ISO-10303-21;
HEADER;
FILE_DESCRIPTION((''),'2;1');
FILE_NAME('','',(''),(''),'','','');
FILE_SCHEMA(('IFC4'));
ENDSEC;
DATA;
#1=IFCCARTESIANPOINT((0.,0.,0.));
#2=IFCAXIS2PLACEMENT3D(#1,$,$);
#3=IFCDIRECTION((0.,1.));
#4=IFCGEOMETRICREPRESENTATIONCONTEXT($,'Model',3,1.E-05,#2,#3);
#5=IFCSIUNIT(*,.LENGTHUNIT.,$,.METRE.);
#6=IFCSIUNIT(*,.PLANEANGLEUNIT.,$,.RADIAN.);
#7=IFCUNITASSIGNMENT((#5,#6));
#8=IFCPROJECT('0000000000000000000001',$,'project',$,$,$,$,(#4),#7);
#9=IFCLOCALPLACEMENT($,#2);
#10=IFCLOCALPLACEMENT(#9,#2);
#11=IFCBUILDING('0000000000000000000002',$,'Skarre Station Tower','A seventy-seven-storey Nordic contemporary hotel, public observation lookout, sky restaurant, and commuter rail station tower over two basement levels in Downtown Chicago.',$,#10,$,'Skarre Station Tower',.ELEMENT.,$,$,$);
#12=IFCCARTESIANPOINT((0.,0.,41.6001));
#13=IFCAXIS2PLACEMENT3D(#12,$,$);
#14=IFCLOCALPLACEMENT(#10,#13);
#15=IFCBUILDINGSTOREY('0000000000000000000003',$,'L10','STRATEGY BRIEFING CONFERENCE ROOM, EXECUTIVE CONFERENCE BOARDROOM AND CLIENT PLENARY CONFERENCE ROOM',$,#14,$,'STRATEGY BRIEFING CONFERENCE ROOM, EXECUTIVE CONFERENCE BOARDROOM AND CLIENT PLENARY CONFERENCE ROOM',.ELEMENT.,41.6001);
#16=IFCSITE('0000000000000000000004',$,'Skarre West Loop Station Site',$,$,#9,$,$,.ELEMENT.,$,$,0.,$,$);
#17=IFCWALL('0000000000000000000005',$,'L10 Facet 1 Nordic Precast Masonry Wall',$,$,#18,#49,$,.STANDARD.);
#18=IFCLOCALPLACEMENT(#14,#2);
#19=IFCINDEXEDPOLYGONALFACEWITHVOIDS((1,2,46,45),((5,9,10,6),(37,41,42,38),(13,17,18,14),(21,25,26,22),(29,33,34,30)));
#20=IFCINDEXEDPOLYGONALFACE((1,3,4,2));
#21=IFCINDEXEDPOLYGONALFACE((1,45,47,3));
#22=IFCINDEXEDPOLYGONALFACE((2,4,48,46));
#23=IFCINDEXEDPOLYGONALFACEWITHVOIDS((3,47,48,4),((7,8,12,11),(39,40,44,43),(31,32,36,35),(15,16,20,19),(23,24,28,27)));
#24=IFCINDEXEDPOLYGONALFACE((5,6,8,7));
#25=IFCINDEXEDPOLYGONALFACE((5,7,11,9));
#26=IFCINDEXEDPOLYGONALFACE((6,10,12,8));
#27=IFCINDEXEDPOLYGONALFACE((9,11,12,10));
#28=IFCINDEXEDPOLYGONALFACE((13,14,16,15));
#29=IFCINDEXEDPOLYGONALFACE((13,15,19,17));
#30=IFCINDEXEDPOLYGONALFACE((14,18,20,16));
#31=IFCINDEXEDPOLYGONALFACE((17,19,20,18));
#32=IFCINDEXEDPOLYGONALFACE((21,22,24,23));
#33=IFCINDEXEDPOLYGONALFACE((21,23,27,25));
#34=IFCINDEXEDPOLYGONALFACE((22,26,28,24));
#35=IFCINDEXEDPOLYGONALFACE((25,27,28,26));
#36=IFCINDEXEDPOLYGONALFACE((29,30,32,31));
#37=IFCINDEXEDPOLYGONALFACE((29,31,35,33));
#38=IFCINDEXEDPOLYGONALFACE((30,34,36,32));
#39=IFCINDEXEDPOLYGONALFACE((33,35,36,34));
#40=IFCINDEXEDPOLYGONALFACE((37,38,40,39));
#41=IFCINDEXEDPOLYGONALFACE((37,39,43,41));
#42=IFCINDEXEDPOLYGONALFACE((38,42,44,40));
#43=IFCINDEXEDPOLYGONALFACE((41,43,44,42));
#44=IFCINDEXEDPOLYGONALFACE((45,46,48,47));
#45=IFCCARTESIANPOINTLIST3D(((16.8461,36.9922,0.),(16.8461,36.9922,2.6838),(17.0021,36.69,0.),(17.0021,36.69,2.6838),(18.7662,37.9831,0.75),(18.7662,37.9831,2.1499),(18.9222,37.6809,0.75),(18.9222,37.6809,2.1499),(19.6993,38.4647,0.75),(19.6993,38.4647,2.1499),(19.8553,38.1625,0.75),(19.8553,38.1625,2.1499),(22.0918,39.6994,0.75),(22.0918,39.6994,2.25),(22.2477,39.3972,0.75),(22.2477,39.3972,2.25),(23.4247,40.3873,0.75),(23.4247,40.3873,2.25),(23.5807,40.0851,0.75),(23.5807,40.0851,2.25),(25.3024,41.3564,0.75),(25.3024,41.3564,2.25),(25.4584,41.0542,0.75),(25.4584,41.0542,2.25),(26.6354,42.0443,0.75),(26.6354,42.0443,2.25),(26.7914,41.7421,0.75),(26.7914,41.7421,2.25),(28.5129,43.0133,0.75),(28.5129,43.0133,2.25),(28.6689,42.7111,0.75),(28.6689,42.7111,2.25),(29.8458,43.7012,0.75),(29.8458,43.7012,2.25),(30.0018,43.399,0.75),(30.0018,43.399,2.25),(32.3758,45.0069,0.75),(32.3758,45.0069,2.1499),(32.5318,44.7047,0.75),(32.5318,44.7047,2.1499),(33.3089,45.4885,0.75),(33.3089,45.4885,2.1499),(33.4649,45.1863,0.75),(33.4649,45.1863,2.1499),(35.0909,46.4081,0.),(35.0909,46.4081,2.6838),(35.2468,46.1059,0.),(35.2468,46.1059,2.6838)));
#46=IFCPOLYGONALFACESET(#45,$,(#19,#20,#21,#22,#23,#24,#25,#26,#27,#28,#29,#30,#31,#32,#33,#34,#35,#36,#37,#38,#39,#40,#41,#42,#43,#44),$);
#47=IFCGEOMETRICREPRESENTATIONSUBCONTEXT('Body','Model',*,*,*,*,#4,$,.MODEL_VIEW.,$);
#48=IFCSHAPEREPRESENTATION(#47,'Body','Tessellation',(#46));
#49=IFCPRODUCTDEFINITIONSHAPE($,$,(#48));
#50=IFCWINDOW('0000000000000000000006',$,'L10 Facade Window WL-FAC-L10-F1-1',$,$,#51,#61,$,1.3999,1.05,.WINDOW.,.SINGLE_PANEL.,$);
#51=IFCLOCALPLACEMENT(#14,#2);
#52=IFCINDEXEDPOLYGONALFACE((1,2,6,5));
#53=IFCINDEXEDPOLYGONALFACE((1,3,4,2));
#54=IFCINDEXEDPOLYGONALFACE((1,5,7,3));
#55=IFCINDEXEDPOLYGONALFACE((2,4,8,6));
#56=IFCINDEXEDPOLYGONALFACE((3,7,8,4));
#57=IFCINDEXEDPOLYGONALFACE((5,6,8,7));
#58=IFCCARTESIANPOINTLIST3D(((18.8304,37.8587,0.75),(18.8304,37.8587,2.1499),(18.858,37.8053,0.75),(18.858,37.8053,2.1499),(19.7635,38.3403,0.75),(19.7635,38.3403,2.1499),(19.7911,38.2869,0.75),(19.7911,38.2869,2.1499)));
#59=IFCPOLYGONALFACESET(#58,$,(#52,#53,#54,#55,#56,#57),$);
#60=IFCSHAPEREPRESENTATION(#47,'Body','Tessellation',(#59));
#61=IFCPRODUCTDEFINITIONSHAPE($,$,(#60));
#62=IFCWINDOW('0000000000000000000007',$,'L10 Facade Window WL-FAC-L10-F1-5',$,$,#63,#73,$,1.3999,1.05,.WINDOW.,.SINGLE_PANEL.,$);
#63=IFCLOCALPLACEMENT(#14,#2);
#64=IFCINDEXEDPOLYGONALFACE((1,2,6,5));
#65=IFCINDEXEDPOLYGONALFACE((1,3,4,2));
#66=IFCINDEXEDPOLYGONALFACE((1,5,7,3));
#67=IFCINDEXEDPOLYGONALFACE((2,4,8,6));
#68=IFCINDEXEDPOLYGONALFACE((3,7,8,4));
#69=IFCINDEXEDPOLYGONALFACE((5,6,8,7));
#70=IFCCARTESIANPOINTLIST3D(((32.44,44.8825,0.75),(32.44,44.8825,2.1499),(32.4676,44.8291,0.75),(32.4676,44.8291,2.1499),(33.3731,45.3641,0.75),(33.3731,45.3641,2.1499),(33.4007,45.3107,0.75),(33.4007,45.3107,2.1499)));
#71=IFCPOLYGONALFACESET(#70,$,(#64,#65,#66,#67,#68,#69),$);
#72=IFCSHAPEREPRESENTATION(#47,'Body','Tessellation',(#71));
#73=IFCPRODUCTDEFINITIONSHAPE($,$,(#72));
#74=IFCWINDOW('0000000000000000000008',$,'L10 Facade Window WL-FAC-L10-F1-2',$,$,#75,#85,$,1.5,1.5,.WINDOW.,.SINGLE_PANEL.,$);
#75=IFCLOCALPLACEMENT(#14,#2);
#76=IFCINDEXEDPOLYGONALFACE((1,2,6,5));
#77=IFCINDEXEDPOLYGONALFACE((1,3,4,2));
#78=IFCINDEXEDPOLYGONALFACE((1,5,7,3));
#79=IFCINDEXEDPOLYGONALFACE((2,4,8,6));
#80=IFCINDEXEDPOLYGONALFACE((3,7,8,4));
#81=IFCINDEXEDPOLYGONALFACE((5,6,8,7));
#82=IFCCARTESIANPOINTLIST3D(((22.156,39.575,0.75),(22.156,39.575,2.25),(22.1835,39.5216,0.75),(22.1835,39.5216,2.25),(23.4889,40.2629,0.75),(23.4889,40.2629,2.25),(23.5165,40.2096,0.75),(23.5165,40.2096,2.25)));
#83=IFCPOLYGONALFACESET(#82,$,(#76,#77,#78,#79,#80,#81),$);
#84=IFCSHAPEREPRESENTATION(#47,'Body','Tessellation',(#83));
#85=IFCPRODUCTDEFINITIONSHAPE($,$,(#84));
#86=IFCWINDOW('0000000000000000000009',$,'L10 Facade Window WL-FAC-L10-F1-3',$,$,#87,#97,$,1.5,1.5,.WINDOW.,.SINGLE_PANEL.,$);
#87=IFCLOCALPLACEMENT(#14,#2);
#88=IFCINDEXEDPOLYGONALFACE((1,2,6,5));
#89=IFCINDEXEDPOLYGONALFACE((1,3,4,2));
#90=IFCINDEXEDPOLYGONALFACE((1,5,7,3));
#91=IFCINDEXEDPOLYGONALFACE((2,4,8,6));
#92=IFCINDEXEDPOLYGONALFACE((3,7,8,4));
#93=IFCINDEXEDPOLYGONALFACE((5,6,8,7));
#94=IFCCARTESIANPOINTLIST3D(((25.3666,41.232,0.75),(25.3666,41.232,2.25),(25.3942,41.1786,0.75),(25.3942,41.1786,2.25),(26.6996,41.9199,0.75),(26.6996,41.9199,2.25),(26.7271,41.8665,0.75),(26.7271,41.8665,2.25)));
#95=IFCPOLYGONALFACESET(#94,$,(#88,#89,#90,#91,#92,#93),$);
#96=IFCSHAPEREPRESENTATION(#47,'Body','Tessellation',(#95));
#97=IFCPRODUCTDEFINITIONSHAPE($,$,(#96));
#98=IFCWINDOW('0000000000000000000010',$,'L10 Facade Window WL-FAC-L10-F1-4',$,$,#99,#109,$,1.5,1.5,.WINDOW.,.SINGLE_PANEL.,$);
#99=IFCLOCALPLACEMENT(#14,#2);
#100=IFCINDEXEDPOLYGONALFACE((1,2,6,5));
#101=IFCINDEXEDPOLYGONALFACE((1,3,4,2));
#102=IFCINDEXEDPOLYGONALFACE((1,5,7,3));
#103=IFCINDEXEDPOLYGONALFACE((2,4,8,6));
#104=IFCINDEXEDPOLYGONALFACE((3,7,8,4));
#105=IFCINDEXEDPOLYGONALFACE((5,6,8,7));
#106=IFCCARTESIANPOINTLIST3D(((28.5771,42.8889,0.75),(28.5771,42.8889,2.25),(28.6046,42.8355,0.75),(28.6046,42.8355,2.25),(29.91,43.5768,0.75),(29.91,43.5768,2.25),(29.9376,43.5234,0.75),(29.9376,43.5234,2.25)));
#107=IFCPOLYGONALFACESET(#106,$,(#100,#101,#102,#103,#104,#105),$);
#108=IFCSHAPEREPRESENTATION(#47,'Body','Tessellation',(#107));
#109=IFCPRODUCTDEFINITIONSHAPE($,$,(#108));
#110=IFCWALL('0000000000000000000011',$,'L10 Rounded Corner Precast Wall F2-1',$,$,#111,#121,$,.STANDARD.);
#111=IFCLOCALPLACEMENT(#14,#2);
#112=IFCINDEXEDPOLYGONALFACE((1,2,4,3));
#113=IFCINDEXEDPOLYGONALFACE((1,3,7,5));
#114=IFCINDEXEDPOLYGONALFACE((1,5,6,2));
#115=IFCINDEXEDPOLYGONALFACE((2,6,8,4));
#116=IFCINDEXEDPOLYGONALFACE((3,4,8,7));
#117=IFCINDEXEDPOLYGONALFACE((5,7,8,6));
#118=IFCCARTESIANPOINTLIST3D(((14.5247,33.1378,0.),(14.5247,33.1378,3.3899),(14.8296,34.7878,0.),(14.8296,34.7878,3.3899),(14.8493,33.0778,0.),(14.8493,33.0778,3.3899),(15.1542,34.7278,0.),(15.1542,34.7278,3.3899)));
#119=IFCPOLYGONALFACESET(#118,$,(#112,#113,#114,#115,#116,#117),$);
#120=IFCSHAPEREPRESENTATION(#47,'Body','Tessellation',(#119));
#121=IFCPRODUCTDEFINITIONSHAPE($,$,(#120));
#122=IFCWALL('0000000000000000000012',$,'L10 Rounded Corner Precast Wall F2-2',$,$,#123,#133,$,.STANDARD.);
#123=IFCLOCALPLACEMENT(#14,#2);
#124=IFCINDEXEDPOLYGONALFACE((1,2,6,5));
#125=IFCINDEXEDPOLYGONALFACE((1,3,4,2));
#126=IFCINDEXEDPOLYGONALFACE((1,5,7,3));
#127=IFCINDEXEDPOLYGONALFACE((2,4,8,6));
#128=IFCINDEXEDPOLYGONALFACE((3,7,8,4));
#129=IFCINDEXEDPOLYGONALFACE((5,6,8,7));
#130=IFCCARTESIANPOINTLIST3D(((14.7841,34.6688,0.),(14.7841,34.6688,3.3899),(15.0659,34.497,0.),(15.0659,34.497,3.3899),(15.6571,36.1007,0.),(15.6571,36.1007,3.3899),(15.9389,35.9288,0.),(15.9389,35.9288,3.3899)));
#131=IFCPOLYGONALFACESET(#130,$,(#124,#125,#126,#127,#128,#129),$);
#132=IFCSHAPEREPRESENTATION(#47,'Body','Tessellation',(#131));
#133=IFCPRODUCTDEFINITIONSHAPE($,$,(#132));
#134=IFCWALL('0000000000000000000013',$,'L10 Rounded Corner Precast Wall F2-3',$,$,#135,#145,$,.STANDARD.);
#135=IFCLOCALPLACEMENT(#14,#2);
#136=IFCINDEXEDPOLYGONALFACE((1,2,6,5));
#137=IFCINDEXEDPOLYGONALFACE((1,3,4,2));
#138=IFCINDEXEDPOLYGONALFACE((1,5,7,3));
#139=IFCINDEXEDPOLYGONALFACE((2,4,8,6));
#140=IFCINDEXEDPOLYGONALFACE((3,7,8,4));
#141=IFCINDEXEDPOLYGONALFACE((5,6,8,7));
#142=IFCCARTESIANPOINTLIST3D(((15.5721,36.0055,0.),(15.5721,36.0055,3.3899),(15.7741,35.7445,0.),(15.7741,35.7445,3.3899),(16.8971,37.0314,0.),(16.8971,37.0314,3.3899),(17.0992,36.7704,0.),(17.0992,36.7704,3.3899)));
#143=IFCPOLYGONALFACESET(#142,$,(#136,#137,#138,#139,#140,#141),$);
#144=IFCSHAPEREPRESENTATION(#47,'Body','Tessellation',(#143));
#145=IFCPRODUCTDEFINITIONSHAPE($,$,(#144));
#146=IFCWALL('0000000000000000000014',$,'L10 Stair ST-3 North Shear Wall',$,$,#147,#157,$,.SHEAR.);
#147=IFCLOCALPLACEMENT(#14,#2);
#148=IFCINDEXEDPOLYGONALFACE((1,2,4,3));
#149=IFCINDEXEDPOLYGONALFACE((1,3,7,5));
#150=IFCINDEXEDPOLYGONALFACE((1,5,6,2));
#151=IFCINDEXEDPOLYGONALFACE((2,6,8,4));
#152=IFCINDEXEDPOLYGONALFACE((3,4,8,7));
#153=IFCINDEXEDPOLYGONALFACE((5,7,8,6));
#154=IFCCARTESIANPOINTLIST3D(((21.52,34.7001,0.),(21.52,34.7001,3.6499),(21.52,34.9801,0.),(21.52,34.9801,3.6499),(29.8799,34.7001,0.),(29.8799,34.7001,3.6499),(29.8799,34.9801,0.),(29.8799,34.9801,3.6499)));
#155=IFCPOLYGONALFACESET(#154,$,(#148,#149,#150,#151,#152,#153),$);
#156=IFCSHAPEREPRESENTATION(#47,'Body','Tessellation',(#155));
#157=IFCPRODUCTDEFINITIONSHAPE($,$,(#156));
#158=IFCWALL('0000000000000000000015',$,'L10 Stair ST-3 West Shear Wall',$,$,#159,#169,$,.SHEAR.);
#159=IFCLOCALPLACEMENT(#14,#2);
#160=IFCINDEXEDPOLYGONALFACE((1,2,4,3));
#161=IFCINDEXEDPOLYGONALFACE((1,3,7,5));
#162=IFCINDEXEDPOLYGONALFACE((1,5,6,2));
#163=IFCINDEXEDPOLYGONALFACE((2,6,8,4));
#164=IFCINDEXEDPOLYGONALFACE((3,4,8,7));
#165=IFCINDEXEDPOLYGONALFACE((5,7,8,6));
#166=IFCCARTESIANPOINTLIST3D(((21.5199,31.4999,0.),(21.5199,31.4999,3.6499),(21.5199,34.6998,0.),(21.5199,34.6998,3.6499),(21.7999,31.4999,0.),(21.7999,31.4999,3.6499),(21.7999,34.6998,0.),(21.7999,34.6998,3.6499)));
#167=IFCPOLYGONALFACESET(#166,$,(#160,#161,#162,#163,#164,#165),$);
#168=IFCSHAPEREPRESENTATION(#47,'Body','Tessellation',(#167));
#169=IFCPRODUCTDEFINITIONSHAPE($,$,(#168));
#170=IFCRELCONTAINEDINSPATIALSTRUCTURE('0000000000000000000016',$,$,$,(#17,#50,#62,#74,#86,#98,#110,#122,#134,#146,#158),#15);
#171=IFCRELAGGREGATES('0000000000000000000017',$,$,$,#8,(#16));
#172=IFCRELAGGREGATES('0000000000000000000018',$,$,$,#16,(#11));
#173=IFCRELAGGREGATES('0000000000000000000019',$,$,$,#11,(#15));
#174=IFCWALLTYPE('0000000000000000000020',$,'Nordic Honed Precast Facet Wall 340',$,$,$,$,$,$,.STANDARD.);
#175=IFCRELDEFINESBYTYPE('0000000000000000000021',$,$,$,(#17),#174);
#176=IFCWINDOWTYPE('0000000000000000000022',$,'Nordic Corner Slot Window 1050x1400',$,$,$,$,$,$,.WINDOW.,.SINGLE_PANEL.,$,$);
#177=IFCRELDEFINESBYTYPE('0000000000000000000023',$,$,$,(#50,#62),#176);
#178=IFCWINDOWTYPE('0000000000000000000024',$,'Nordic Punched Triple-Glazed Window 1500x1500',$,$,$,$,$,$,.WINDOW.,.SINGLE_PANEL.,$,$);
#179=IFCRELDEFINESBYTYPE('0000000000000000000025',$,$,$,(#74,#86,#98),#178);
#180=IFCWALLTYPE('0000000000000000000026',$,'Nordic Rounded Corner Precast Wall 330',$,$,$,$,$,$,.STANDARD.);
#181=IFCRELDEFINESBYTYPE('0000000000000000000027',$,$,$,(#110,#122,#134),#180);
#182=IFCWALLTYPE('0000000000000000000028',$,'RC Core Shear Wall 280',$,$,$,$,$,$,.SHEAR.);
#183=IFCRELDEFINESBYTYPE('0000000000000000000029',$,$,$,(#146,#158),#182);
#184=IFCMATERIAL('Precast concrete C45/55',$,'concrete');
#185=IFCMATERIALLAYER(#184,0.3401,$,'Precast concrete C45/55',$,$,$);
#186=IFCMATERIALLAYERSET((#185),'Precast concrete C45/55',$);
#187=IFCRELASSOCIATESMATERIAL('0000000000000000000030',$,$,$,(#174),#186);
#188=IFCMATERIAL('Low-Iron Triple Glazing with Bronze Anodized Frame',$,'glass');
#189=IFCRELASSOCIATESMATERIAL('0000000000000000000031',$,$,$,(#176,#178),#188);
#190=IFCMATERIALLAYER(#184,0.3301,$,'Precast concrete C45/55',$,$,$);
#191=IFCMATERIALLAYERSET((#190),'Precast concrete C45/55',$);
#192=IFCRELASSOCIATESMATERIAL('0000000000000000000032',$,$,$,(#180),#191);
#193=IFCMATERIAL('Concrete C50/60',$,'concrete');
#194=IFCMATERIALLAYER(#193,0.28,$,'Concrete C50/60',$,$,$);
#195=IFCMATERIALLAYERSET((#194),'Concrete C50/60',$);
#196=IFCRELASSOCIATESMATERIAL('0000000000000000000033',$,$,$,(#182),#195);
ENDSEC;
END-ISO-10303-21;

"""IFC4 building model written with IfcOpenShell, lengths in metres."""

from ifc_helpers import new_model, si_unit, direction, frame, frame_2d, origin, place, context, subcontext, project, spatial, rectangle, extrude, material, layer, layer_set, type_object, element, fill, save


model = new_model("IFC4")

# Units and contexts
model_context = context("Model", 3, precision=1e-05, world=origin(), true_north=direction((0.0, 1.0)))
body_context = subcontext(model_context, "Body", "Model", "MODEL_VIEW")
ifc_project = project(units=[si_unit("LENGTHUNIT", "METRE"), si_unit("PLANEANGLEUNIT", "RADIAN")], contexts=[model_context])

# Site, building, storey
site_placement = place(None, origin())
site = spatial("IfcSite", under=ifc_project, at=site_placement, Name="Skarre West Loop Station Site", CompositionType="ELEMENT", RefElevation=0.0)
building_placement = place(site_placement, origin())
building = spatial("IfcBuilding", under=site, at=building_placement, Name="Skarre Station Tower", Description="A seventy-seven-storey Nordic contemporary hotel, public observation lookout, sky restaurant, and commuter rail station tower over two basement levels in Downtown Chicago.", LongName="Skarre Station Tower", CompositionType="ELEMENT")
storey_placement = place(building_placement, frame((0.0, 0.0, 41.6001)))
storey = spatial("IfcBuildingStorey", under=building, at=storey_placement, Name="L10", Description="STRATEGY BRIEFING CONFERENCE ROOM, EXECUTIVE CONFERENCE BOARDROOM AND CLIENT PLENARY CONFERENCE ROOM", LongName="STRATEGY BRIEFING CONFERENCE ROOM, EXECUTIVE CONFERENCE BOARDROOM AND CLIENT PLENARY CONFERENCE ROOM", CompositionType="ELEMENT", Elevation=41.6001)

# Wall, openings, windows
ifc_material_1 = material(Name="Precast concrete C45/55", Category="concrete")
ifc_layer_1 = layer(ifc_material_1, 0.3401, Name="Precast concrete C45/55")
ifc_layer_set_1 = layer_set([ifc_layer_1], Name="Precast concrete C45/55")
wall_type_1 = type_object("IfcWallType", Name="Nordic Honed Precast Facet Wall 340", PredefinedType="STANDARD", material=ifc_layer_set_1)
wall_1_placement = place(storey_placement, frame((16.9241, 36.8411, 0.0), z_axis=(0.0, 0.0, 1.0), x_axis=(0.888634, 0.458616, 0.0)))
wall_1 = element("IfcWall", 1, at=wall_1_placement, inside=storey, type_object=wall_type_1, Name="L10 Facet 1 Nordic Precast Masonry Wall", PredefinedType="STANDARD", context=body_context, shape_type="SweptSolid", body=[
    extrude(rectangle(XDim=20.5312, YDim=0.3401, at=frame_2d((10.2656, 0.0))), origin(), (0.0, 0.0, 1.0), 2.6838),
])
opening_1_placement = place(wall_1_placement, frame((2.1609, 0.0, 0.75)))
opening_1 = element("IfcOpeningElement", 2, at=opening_1_placement, cuts=wall_1, PredefinedType="OPENING", context=body_context, shape_type="SweptSolid", body=[
    extrude(rectangle(XDim=1.05, YDim=1.3999, at=frame_2d((0.5249, 0.7))), frame((0.0, 0.1799, 0.0), z_axis=(0.0, -1.0, 0.0), x_axis=(1.0, 0.0, 0.0)), (0.0, 0.0, 1.0), 0.3601),
])
opening_2_placement = place(wall_1_placement, frame((5.9031, 0.0, 0.75)))
opening_2 = element("IfcOpeningElement", 3, at=opening_2_placement, cuts=wall_1, PredefinedType="OPENING", context=body_context, shape_type="SweptSolid", body=[
    extrude(rectangle(XDim=1.5, YDim=1.5, at=frame_2d((0.75, 0.75))), frame((0.0, 0.1799, 0.0), z_axis=(0.0, -1.0, 0.0), x_axis=(1.0, 0.0, 0.0)), (0.0, 0.0, 1.0), 0.3601),
])
opening_3_placement = place(wall_1_placement, frame((9.5161, 0.0, 0.75)))
opening_3 = element("IfcOpeningElement", 4, at=opening_3_placement, cuts=wall_1, PredefinedType="OPENING", context=body_context, shape_type="SweptSolid", body=[
    extrude(rectangle(XDim=1.5, YDim=1.5, at=frame_2d((0.75, 0.75))), frame((0.0, 0.1799, 0.0), z_axis=(0.0, -1.0, 0.0), x_axis=(1.0, 0.0, 0.0)), (0.0, 0.0, 1.0), 0.3601),
])
opening_4_placement = place(wall_1_placement, frame((13.1289, 0.0, 0.75)))
opening_4 = element("IfcOpeningElement", 5, at=opening_4_placement, cuts=wall_1, PredefinedType="OPENING", context=body_context, shape_type="SweptSolid", body=[
    extrude(rectangle(XDim=1.5, YDim=1.5, at=frame_2d((0.75, 0.75))), frame((0.0, 0.1799, 0.0), z_axis=(0.0, -1.0, 0.0), x_axis=(1.0, 0.0, 0.0)), (0.0, 0.0, 1.0), 0.3601),
])
opening_5_placement = place(wall_1_placement, frame((17.4761, 0.0, 0.75)))
opening_5 = element("IfcOpeningElement", 6, at=opening_5_placement, cuts=wall_1, PredefinedType="OPENING", context=body_context, shape_type="SweptSolid", body=[
    extrude(rectangle(XDim=1.05, YDim=1.3999, at=frame_2d((0.5249, 0.7))), frame((0.0, 0.1799, 0.0), z_axis=(0.0, -1.0, 0.0), x_axis=(1.0, 0.0, 0.0)), (0.0, 0.0, 1.0), 0.3601),
])
ifc_material_2 = material(Name="Low-Iron Triple Glazing with Bronze Anodized Frame", Category="glass")
window_type_1 = type_object("IfcWindowType", Name="Nordic Corner Slot Window 1050x1400", PartitioningType="SINGLE_PANEL", PredefinedType="WINDOW", material=ifc_material_2)
window_1_placement = place(opening_1_placement, origin())
window_1 = element("IfcWindow", 7, at=window_1_placement, inside=storey, type_object=window_type_1, Name="L10 Facade Window WL-FAC-L10-F1-1", OverallHeight=1.3999, OverallWidth=1.05, PartitioningType="SINGLE_PANEL", PredefinedType="WINDOW", context=body_context, shape_type="SweptSolid", body=[
    extrude(rectangle(XDim=1.05, YDim=1.3999, at=frame_2d((0.5249, 0.7))), frame((0.0, 0.03, 0.0), z_axis=(0.0, -1.0, 0.0), x_axis=(1.0, 0.0, 0.0)), (0.0, 0.0, 1.0), 0.0601),
])
fill(opening_1, window_1)
window_2_placement = place(opening_5_placement, origin())
window_2 = element("IfcWindow", 8, at=window_2_placement, inside=storey, type_object=window_type_1, Name="L10 Facade Window WL-FAC-L10-F1-5", OverallHeight=1.3999, OverallWidth=1.05, PartitioningType="SINGLE_PANEL", PredefinedType="WINDOW", context=body_context, shape_type="SweptSolid", body=[
    extrude(rectangle(XDim=1.05, YDim=1.3999, at=frame_2d((0.5249, 0.7))), frame((0.0, 0.03, 0.0), z_axis=(0.0, -1.0, 0.0), x_axis=(1.0, 0.0, 0.0)), (0.0, 0.0, 1.0), 0.0601),
])
fill(opening_5, window_2)
window_type_2 = type_object("IfcWindowType", Name="Nordic Punched Triple-Glazed Window 1500x1500", PartitioningType="SINGLE_PANEL", PredefinedType="WINDOW", material=ifc_material_2)
window_3_placement = place(opening_2_placement, origin())
window_3 = element("IfcWindow", 9, at=window_3_placement, inside=storey, type_object=window_type_2, Name="L10 Facade Window WL-FAC-L10-F1-2", OverallHeight=1.5, OverallWidth=1.5, PartitioningType="SINGLE_PANEL", PredefinedType="WINDOW", context=body_context, shape_type="SweptSolid", body=[
    extrude(rectangle(XDim=1.5, YDim=1.5, at=frame_2d((0.75, 0.75))), frame((0.0, 0.03, 0.0), z_axis=(0.0, -1.0, 0.0), x_axis=(1.0, 0.0, 0.0)), (0.0, 0.0, 1.0), 0.0601),
])
fill(opening_2, window_3)
window_4_placement = place(opening_3_placement, origin())
window_4 = element("IfcWindow", 10, at=window_4_placement, inside=storey, type_object=window_type_2, Name="L10 Facade Window WL-FAC-L10-F1-3", OverallHeight=1.5, OverallWidth=1.5, PartitioningType="SINGLE_PANEL", PredefinedType="WINDOW", context=body_context, shape_type="SweptSolid", body=[
    extrude(rectangle(XDim=1.5, YDim=1.5, at=frame_2d((0.75, 0.75))), frame((0.0, 0.03, 0.0), z_axis=(0.0, -1.0, 0.0), x_axis=(1.0, 0.0, 0.0)), (0.0, 0.0, 1.0), 0.0601),
])
fill(opening_3, window_4)
window_5_placement = place(opening_4_placement, origin())
window_5 = element("IfcWindow", 11, at=window_5_placement, inside=storey, type_object=window_type_2, Name="L10 Facade Window WL-FAC-L10-F1-4", OverallHeight=1.5, OverallWidth=1.5, PartitioningType="SINGLE_PANEL", PredefinedType="WINDOW", context=body_context, shape_type="SweptSolid", body=[
    extrude(rectangle(XDim=1.5, YDim=1.5, at=frame_2d((0.75, 0.75))), frame((0.0, 0.03, 0.0), z_axis=(0.0, -1.0, 0.0), x_axis=(1.0, 0.0, 0.0)), (0.0, 0.0, 1.0), 0.0601),
])
fill(opening_4, window_5)

# Walls
ifc_layer_2 = layer(ifc_material_1, 0.3301, Name="Precast concrete C45/55")
ifc_layer_set_2 = layer_set([ifc_layer_2], Name="Precast concrete C45/55")
wall_type_2 = type_object("IfcWallType", Name="Nordic Rounded Corner Precast Wall 330", PredefinedType="STANDARD", material=ifc_layer_set_2)
wall_2_placement = place(storey_placement, frame((14.687, 33.1079, 0.0), z_axis=(0.0, 0.0, 1.0), x_axis=(0.181714, 0.983351, 0.0)))
element("IfcWall", 12, at=wall_2_placement, inside=storey, type_object=wall_type_2, Name="L10 Rounded Corner Precast Wall F2-1", PredefinedType="STANDARD", context=body_context, shape_type="SweptSolid", body=[
    extrude(rectangle(XDim=1.678, YDim=0.3301, at=frame_2d((0.8389, 0.0))), origin(), (0.0, 0.0, 1.0), 3.3899),
])
wall_3_placement = place(storey_placement, frame((14.925, 34.583, 0.0), z_axis=(0.0, 0.0, 1.0), x_axis=(0.520584, 0.85381, 0.0)))
element("IfcWall", 13, at=wall_3_placement, inside=storey, type_object=wall_type_2, Name="L10 Rounded Corner Precast Wall F2-2", PredefinedType="STANDARD", context=body_context, shape_type="SweptSolid", body=[
    extrude(rectangle(XDim=1.677, YDim=0.3301, at=frame_2d((0.8384, 0.0))), origin(), (0.0, 0.0, 1.0), 3.3899),
])
wall_4_placement = place(storey_placement, frame((15.6731, 35.875, 0.0), z_axis=(0.0, 0.0, 1.0), x_axis=(0.790692, 0.612214, 0.0)))
element("IfcWall", 14, at=wall_4_placement, inside=storey, type_object=wall_type_2, Name="L10 Rounded Corner Precast Wall F2-3", PredefinedType="STANDARD", context=body_context, shape_type="SweptSolid", body=[
    extrude(rectangle(XDim=1.6758, YDim=0.3301, at=frame_2d((0.8379, 0.0))), origin(), (0.0, 0.0, 1.0), 3.3899),
])
ifc_material_3 = material(Name="Concrete C50/60", Category="concrete")
ifc_layer_3 = layer(ifc_material_3, 0.28, Name="Concrete C50/60")
ifc_layer_set_3 = layer_set([ifc_layer_3], Name="Concrete C50/60")
wall_type_3 = type_object("IfcWallType", Name="RC Core Shear Wall 280", PredefinedType="SHEAR", material=ifc_layer_set_3)
wall_5_placement = place(storey_placement, frame((29.8799, 34.8401, 0.0), z_axis=(0.0, 0.0, 1.0), x_axis=(-1.0, 0.0, 0.0)))
element("IfcWall", 15, at=wall_5_placement, inside=storey, type_object=wall_type_3, Name="L10 Stair ST-3 North Shear Wall", PredefinedType="SHEAR", context=body_context, shape_type="SweptSolid", body=[
    extrude(rectangle(XDim=8.3599, YDim=0.28, at=frame_2d((4.1799, 0.0))), origin(), (0.0, 0.0, 1.0), 3.6499),
])
for number, where, z_axis, x_axis, name in (
    (16, (21.6599, 34.7, 0.0), (0.0, 0.0, 1.0), (0.0, -1.0, 0.0), "L10 Stair ST-3 West Shear Wall"),
):
    element("IfcWall", number, at=place(storey_placement, frame(where, z_axis=z_axis, x_axis=x_axis)), inside=storey, type_object=wall_type_3, Name=name, PredefinedType="SHEAR", context=body_context, shape_type="SweptSolid", body=[
        extrude(rectangle(XDim=3.2, YDim=0.28, at=frame_2d((1.6001, 0.0))), origin(), (0.0, 0.0, 1.0), 3.6499),
    ])

save(model, "model.ifc")
